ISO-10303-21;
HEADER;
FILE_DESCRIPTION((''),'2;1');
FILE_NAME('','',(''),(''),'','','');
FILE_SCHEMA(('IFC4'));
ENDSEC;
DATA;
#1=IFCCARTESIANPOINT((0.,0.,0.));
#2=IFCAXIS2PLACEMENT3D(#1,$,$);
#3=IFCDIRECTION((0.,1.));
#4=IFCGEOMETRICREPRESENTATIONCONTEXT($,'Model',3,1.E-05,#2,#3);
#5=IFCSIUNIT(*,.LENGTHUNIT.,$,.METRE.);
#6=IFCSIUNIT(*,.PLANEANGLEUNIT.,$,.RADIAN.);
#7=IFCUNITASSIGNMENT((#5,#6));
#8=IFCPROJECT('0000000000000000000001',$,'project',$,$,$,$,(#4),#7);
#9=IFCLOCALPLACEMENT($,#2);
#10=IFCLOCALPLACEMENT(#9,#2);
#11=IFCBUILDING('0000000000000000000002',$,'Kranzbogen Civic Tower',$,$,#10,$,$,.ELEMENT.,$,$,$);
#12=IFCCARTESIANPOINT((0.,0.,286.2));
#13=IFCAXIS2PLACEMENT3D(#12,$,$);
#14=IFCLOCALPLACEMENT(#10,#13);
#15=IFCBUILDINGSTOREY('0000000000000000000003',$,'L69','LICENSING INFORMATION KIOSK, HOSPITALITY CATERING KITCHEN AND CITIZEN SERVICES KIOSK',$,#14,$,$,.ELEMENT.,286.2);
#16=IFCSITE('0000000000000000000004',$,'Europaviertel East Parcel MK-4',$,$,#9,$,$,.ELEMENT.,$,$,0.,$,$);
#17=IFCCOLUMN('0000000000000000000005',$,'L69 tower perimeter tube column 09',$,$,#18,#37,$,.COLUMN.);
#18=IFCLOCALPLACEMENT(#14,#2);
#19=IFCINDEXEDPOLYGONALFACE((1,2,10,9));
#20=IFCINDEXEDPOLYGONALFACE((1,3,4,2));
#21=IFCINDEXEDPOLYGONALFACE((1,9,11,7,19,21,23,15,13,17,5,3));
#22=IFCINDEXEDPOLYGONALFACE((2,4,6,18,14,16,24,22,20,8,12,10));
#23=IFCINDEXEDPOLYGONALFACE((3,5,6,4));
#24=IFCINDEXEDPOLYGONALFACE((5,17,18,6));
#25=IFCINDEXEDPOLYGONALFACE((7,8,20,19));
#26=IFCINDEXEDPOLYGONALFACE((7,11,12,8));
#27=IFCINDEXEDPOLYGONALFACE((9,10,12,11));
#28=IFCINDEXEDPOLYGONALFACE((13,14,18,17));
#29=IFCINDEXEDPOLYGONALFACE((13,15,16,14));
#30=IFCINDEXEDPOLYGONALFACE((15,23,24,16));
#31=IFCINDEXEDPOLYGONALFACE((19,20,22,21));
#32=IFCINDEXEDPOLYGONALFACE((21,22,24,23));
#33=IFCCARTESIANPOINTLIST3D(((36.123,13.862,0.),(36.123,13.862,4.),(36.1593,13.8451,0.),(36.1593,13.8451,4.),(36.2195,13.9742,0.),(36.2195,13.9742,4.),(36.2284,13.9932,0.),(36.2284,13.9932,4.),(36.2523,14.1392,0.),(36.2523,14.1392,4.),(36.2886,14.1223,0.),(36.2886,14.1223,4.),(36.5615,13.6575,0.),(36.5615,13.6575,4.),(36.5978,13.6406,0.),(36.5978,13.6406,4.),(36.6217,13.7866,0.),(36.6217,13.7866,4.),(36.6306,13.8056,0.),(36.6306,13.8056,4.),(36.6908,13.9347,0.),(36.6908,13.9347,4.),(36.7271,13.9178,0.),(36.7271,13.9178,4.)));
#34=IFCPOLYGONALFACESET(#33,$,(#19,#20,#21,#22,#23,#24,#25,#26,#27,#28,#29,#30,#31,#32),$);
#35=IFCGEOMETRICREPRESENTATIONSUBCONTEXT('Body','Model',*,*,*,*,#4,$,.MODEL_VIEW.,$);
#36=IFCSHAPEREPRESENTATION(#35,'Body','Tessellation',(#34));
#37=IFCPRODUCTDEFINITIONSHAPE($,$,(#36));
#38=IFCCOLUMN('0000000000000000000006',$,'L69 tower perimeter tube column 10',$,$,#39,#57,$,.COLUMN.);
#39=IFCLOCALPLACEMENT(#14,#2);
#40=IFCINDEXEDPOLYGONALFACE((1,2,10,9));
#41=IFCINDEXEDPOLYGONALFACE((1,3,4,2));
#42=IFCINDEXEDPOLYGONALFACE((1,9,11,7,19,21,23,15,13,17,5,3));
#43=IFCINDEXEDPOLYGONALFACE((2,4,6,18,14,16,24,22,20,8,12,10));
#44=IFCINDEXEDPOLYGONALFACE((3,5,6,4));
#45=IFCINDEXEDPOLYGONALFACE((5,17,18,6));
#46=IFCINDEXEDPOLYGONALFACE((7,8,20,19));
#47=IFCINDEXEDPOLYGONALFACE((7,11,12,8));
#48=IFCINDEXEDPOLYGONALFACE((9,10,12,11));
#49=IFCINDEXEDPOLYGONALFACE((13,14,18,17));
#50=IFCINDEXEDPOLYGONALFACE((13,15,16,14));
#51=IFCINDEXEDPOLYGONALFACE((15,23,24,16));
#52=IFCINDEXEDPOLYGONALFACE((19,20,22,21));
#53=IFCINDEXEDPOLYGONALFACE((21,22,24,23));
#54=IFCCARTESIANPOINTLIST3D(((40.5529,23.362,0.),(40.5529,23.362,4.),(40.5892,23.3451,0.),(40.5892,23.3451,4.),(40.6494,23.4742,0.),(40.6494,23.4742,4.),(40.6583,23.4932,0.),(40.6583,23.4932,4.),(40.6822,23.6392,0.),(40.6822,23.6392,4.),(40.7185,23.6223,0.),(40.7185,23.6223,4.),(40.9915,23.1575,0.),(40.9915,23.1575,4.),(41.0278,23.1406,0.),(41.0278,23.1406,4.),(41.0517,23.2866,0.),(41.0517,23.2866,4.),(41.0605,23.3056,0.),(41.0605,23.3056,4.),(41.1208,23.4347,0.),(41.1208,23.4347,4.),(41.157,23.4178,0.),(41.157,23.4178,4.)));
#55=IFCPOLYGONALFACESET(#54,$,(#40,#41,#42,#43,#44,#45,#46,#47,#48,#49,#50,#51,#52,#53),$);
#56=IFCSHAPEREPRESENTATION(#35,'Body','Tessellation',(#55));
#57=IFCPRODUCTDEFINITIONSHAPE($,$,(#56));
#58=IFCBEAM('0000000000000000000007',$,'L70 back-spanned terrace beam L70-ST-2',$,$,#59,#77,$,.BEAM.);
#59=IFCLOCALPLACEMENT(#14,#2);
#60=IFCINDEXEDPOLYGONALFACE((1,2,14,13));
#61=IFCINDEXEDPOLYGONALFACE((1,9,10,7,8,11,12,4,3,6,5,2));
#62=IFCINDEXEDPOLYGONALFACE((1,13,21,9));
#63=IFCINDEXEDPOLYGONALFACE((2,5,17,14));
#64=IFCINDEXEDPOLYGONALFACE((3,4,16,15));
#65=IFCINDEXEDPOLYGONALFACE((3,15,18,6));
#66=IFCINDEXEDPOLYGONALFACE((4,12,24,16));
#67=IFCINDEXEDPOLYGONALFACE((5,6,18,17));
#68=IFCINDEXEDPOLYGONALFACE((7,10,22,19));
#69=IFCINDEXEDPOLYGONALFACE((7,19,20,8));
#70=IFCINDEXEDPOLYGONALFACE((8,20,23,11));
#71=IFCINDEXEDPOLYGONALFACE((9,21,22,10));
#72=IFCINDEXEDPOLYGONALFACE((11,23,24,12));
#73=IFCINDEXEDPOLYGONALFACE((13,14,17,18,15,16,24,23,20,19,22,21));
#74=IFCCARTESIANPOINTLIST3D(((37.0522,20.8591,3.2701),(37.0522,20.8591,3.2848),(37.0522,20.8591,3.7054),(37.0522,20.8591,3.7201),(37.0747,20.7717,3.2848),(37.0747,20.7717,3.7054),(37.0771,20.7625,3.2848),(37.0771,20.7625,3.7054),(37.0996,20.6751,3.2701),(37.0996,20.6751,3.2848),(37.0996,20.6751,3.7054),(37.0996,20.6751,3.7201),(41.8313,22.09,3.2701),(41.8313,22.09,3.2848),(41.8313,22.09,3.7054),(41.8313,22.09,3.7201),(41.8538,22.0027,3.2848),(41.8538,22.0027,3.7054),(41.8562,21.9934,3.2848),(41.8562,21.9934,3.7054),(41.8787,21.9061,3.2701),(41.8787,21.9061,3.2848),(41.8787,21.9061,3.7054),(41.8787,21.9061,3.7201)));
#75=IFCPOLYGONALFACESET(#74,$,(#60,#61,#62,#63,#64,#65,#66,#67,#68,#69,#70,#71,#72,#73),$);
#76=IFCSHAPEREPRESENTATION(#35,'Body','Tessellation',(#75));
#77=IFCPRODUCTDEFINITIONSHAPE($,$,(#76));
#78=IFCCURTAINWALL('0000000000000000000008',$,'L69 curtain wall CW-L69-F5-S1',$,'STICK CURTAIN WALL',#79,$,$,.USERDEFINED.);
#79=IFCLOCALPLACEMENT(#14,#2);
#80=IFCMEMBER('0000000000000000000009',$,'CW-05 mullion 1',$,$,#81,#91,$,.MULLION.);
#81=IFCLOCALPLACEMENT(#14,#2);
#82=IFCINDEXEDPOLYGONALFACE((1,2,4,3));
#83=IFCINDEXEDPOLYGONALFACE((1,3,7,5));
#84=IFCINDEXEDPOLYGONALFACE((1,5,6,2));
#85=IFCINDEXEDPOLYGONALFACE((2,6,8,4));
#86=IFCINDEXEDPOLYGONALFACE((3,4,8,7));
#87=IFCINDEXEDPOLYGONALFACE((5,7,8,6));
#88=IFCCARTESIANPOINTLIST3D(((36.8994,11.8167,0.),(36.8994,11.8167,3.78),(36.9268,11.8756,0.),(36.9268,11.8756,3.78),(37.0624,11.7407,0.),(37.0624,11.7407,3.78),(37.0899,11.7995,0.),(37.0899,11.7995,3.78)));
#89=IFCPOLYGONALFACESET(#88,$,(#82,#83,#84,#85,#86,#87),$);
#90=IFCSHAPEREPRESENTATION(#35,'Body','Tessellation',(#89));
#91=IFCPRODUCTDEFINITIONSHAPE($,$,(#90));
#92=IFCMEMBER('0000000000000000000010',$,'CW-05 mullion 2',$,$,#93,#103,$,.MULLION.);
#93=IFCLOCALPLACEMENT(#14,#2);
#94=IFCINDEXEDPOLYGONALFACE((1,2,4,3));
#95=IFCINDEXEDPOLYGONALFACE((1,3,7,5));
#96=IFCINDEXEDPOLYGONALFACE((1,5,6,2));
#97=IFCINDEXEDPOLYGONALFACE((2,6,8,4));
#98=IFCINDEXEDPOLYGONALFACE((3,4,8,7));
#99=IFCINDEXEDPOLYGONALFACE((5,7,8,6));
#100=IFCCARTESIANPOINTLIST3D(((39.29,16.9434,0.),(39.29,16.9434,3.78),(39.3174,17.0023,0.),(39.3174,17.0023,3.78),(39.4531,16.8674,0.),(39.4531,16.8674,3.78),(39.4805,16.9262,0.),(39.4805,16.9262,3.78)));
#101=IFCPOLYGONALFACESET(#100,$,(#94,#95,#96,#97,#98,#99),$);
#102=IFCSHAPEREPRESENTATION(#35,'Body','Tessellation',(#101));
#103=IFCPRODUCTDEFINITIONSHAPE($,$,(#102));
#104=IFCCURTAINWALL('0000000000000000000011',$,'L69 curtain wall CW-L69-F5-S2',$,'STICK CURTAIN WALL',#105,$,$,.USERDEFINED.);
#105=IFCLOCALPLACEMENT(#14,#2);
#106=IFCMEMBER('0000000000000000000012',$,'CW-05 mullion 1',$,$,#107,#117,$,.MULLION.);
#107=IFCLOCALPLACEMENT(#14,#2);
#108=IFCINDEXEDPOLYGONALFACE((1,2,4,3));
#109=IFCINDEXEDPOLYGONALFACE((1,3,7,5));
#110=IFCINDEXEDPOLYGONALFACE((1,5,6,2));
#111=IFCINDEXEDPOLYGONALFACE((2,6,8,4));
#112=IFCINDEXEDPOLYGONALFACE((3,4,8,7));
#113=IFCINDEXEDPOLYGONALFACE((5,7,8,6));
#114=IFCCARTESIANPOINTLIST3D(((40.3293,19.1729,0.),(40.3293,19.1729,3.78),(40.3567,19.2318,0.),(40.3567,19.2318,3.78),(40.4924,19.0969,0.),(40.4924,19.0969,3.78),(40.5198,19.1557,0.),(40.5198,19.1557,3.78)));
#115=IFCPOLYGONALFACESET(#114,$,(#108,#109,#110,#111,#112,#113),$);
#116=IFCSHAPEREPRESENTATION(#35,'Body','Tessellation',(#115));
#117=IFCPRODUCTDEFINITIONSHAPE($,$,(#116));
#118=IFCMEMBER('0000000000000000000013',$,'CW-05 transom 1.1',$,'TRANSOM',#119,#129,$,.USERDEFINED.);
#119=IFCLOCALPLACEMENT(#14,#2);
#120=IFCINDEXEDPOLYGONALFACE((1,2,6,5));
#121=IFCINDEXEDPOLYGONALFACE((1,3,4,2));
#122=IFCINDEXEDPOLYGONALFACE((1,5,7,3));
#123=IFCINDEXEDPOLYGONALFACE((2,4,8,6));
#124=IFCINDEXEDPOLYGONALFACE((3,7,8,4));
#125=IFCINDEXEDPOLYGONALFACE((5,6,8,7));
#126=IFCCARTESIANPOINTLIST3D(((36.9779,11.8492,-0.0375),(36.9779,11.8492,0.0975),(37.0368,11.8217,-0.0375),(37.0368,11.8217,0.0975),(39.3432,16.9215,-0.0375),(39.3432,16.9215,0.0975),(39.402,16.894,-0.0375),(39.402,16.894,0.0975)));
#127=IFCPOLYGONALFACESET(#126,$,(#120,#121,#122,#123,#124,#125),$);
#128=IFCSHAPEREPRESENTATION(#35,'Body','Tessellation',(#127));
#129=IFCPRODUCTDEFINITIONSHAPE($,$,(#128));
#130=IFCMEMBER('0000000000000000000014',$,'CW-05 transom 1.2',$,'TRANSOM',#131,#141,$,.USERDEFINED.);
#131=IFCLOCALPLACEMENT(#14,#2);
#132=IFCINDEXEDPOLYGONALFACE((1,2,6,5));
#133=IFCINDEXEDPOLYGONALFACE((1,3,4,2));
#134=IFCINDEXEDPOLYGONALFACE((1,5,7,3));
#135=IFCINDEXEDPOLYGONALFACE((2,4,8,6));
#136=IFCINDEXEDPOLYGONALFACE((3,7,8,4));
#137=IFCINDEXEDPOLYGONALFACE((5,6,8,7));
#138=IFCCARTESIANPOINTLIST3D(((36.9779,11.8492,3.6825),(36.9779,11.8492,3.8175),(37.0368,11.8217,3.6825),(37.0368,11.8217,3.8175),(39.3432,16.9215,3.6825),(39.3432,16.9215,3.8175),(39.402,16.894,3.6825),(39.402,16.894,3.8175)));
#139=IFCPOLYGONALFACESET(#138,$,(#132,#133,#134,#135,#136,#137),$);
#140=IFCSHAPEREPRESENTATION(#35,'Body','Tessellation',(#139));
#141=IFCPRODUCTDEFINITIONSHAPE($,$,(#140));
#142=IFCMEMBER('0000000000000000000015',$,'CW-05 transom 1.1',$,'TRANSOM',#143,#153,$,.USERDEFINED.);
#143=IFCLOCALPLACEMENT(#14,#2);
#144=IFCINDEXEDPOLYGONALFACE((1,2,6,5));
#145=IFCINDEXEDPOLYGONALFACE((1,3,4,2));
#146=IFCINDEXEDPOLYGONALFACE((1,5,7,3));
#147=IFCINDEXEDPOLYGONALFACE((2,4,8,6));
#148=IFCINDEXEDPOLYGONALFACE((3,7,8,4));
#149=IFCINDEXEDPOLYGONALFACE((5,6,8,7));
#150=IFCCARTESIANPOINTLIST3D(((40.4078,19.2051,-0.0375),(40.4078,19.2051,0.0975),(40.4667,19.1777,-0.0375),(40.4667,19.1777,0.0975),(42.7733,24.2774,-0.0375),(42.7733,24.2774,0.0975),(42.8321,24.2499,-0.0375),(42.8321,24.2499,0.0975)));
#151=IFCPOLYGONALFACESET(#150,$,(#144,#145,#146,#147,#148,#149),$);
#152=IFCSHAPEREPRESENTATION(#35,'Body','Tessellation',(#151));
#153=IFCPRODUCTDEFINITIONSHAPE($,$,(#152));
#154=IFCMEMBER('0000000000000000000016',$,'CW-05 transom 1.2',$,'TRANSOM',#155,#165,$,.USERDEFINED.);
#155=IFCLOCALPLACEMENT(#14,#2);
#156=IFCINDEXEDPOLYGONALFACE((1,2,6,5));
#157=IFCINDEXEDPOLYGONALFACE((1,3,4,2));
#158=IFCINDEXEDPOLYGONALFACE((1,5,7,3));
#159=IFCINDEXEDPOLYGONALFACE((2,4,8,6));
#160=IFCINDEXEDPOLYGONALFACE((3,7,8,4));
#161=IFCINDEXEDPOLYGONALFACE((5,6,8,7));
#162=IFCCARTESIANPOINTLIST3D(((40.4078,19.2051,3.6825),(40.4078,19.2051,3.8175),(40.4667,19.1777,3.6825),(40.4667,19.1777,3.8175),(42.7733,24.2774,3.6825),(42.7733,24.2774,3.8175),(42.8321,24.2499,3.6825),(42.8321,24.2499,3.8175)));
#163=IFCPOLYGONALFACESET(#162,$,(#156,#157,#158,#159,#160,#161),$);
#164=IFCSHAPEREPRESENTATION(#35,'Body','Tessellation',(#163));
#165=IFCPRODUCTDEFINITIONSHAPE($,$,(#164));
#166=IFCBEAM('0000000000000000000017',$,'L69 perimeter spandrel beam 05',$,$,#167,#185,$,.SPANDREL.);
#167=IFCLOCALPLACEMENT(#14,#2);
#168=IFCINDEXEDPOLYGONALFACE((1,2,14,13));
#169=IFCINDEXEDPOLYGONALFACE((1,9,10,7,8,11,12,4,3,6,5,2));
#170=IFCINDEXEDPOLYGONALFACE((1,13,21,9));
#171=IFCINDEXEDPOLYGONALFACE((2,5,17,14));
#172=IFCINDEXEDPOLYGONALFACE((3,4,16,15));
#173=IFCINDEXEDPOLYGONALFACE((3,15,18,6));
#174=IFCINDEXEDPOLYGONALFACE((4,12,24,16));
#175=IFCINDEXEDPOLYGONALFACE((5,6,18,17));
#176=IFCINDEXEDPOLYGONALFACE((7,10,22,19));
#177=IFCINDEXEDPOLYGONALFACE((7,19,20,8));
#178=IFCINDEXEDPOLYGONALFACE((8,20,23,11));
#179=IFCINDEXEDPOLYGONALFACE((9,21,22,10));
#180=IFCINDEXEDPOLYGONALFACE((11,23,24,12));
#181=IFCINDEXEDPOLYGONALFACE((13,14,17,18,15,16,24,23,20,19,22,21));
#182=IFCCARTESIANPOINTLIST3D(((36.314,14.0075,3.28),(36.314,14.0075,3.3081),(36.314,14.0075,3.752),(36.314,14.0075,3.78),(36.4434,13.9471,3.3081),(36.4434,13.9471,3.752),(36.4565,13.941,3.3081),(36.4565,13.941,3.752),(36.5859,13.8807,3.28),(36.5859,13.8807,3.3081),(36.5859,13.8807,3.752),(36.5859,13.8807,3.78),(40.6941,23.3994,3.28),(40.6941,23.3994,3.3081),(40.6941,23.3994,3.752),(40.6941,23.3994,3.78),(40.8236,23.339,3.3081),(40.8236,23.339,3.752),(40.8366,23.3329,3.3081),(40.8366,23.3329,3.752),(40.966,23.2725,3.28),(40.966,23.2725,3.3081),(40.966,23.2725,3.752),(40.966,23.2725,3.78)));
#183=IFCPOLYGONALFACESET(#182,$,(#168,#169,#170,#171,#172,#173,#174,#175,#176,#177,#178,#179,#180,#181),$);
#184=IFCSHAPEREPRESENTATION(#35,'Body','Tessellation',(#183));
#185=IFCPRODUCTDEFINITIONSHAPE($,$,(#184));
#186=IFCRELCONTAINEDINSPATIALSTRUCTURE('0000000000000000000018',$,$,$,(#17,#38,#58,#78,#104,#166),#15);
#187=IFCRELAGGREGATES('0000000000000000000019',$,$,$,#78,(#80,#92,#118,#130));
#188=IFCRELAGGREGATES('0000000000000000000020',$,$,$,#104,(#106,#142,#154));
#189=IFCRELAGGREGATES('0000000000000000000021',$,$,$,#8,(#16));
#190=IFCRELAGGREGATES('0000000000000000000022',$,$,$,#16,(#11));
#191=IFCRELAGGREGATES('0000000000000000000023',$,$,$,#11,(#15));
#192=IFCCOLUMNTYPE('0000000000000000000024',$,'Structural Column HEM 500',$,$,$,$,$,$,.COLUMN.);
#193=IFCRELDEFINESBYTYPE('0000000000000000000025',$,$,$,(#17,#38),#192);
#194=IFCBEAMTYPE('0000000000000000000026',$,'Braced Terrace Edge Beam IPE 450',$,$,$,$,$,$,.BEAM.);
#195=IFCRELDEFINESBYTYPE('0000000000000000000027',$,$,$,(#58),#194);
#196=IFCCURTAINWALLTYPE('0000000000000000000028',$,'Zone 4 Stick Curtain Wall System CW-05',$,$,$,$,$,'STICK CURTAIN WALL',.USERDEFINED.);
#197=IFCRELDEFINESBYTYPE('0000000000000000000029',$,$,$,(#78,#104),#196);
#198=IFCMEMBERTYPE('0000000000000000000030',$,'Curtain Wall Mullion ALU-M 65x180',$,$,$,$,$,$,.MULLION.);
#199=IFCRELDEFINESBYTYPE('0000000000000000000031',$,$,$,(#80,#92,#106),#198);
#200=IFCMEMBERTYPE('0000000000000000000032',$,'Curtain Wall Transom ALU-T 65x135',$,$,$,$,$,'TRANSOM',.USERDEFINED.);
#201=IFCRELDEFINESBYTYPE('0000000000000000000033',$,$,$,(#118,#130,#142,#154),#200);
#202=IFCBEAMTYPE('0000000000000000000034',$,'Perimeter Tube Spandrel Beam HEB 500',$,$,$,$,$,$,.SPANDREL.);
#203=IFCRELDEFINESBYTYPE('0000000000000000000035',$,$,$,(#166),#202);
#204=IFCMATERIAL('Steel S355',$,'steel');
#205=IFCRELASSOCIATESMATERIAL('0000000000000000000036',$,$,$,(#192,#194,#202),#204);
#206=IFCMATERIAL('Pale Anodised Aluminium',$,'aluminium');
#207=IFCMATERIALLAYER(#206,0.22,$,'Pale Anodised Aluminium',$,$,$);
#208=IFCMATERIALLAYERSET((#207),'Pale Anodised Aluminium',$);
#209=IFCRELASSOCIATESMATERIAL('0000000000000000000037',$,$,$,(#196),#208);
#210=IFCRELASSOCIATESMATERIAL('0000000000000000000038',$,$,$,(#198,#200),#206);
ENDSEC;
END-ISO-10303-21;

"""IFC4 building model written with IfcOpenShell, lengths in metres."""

from ifc_helpers import new_model, si_unit, direction, frame, origin, origin_2d, place, context, subcontext, project, spatial, rectangle, i_section, extrude, material, layer, layer_set, material_profile, profile_set, type_object, element, aggregate, save


model = new_model("IFC4")

# Units and contexts
model_context = context("Model", 3, precision=1e-05, world=origin(), true_north=direction((0.0, 1.0)))
body_context = subcontext(model_context, "Body", "Model", "MODEL_VIEW")
ifc_project = project(units=[si_unit("LENGTHUNIT", "METRE"), si_unit("PLANEANGLEUNIT", "RADIAN")], contexts=[model_context])

# Site, building, storey
site_placement = place(None, origin())
site = spatial("IfcSite", under=ifc_project, at=site_placement, Name="Europaviertel East Parcel MK-4", CompositionType="ELEMENT", RefElevation=0.0)
building_placement = place(site_placement, origin())
building = spatial("IfcBuilding", under=site, at=building_placement, Name="Kranzbogen Civic Tower", CompositionType="ELEMENT")
storey_placement = place(building_placement, frame((0.0, 0.0, 286.2)))
storey = spatial("IfcBuildingStorey", under=building, at=storey_placement, Name="L69", Description="LICENSING INFORMATION KIOSK, HOSPITALITY CATERING KITCHEN AND CITIZEN SERVICES KIOSK", CompositionType="ELEMENT", Elevation=286.2)

# Columns
ifc_material_1 = material(Name="Steel S355", Category="steel")
ifc_material_profile_1 = material_profile(ifc_material_1, i_section(OverallWidth=0.3059, OverallDepth=0.5239, WebThickness=0.021, FlangeThickness=0.04, at=origin_2d()), Name="HEM 500")
ifc_profile_set_1 = profile_set([ifc_material_profile_1], Name="Steel S355")
column_type = type_object("IfcColumnType", Name="Structural Column HEM 500", PredefinedType="COLUMN", material=ifc_profile_set_1)
for number, where, z_axis, x_axis, name in (
    (1, (36.425, 13.8899, 0.0), (0.0, 0.0, 1.0), (0.422618, 0.906308, 0.0), "L69 tower perimeter tube column 09"),
    (2, (40.855, 23.3899, 0.0), (0.0, 0.0, 1.0), (0.422618, 0.906308, 0.0), "L69 tower perimeter tube column 10"),
):
    element("IfcColumn", number, at=place(storey_placement, frame(where, z_axis=z_axis, x_axis=x_axis)), inside=storey, type_object=column_type, Name=name, PredefinedType="COLUMN", context=body_context, shape_type="SweptSolid", body=[
        extrude(i_section(OverallWidth=0.3059, OverallDepth=0.5239, WebThickness=0.021, FlangeThickness=0.04, at=origin_2d()), origin(), (0.0, 0.0, 1.0), 4.0),
    ])

# Beam
ifc_material_profile_2 = material_profile(ifc_material_1, i_section(OverallWidth=0.1899, OverallDepth=0.45, WebThickness=0.0095, FlangeThickness=0.0146, at=origin_2d()), Name="IPE 450")
ifc_profile_set_2 = profile_set([ifc_material_profile_2], Name="Steel S355")
beam_type_1 = type_object("IfcBeamType", Name="Braced Terrace Edge Beam IPE 450", PredefinedType="BEAM", material=ifc_profile_set_2)
beam_1_placement = place(storey_placement, frame((37.0759, 20.7671, 3.4951), z_axis=(0.968392, 0.249432, 0.0), x_axis=(-0.249432, 0.968392, 0.0)))
element("IfcBeam", 3, at=beam_1_placement, inside=storey, type_object=beam_type_1, Name="L70 back-spanned terrace beam L70-ST-2", PredefinedType="BEAM", context=body_context, shape_type="SweptSolid", body=[
    extrude(i_section(OverallWidth=0.1899, OverallDepth=0.45, WebThickness=0.0095, FlangeThickness=0.0146, at=origin_2d()), origin(), (0.0, 0.0, 1.0), 4.9351),
])

# Curtain wall, members
ifc_material_2 = material(Name="Pale Anodised Aluminium", Category="aluminium")
ifc_layer_1 = layer(ifc_material_2, 0.22, Name="Pale Anodised Aluminium")
ifc_layer_set_1 = layer_set([ifc_layer_1], Name="Pale Anodised Aluminium")
curtain_wall_type = type_object("IfcCurtainWallType", Name="Zone 4 Stick Curtain Wall System CW-05", ElementType="STICK CURTAIN WALL", PredefinedType="USERDEFINED", material=ifc_layer_set_1)
curtain_wall_1_placement = place(storey_placement, origin())
curtain_wall_1 = element("IfcCurtainWall", 4, at=curtain_wall_1_placement, inside=storey, type_object=curtain_wall_type, Name="L69 curtain wall CW-L69-F5-S1", ObjectType="STICK CURTAIN WALL", PredefinedType="USERDEFINED")
ifc_material_profile_3 = material_profile(ifc_material_2, rectangle(XDim=0.0649, YDim=0.1799, at=origin_2d()), Name="ALU-M 65x180")
ifc_profile_set_3 = profile_set([ifc_material_profile_3], Name="Pale Anodised Aluminium")
member_type_1 = type_object("IfcMemberType", Name="Curtain Wall Mullion ALU-M 65x180", PredefinedType="MULLION", material=ifc_profile_set_3)
member_1_placement = place(storey_placement, frame((36.9946, 11.8081, 0.0), z_axis=(0.0, 0.0, 1.0), x_axis=(0.422627, 0.906304, 0.0)))
member_1 = element("IfcMember", 5, at=member_1_placement, type_object=member_type_1, Name="CW-05 mullion 1", PredefinedType="MULLION", context=body_context, shape_type="SweptSolid", body=[
    extrude(rectangle(XDim=0.0649, YDim=0.1799, at=origin_2d()), origin(), (0.0, 0.0, 1.0), 3.78),
])
member_2_placement = place(storey_placement, frame((39.3853, 16.9348, 0.0), z_axis=(0.0, 0.0, 1.0), x_axis=(0.422627, 0.906304, 0.0)))
member_2 = element("IfcMember", 6, at=member_2_placement, type_object=member_type_1, Name="CW-05 mullion 2", PredefinedType="MULLION", context=body_context, shape_type="SweptSolid", body=[
    extrude(rectangle(XDim=0.0649, YDim=0.1799, at=origin_2d()), origin(), (0.0, 0.0, 1.0), 3.78),
])

# Curtain wall, member
curtain_wall_2_placement = place(storey_placement, origin())
curtain_wall_2 = element("IfcCurtainWall", 7, at=curtain_wall_2_placement, inside=storey, type_object=curtain_wall_type, Name="L69 curtain wall CW-L69-F5-S2", ObjectType="STICK CURTAIN WALL", PredefinedType="USERDEFINED")
member_3_placement = place(storey_placement, frame((40.4246, 19.1643, 0.0), z_axis=(0.0, 0.0, 1.0), x_axis=(0.422627, 0.906304, 0.0)))
member_3 = element("IfcMember", 8, at=member_3_placement, type_object=member_type_1, Name="CW-05 mullion 1", PredefinedType="MULLION", context=body_context, shape_type="SweptSolid", body=[
    extrude(rectangle(XDim=0.0649, YDim=0.1799, at=origin_2d()), origin(), (0.0, 0.0, 1.0), 3.78),
])

# Members
ifc_material_profile_4 = material_profile(ifc_material_2, rectangle(XDim=0.0649, YDim=0.135, at=origin_2d()), Name="ALU-T 65x135")
ifc_profile_set_4 = profile_set([ifc_material_profile_4], Name="Pale Anodised Aluminium")
member_type_2 = type_object("IfcMemberType", Name="Curtain Wall Transom ALU-T 65x135", ElementType="TRANSOM", PredefinedType="USERDEFINED", material=ifc_profile_set_4)
member_4_placement = place(storey_placement, frame((37.0073, 11.8354, 0.03), z_axis=(0.422618, 0.906308, 0.0), x_axis=(-0.906308, 0.422618, 0.0)))
member_4 = element("IfcMember", 9, at=member_4_placement, type_object=member_type_2, Name="CW-05 transom 1.1", ObjectType="TRANSOM", PredefinedType="USERDEFINED", context=body_context, shape_type="SweptSolid", body=[
    extrude(rectangle(XDim=0.0649, YDim=0.135, at=origin_2d()), origin(), (0.0, 0.0, 1.0), 5.5967),
])
member_5_placement = place(storey_placement, frame((37.0073, 11.8354, 3.75), z_axis=(0.422618, 0.906308, 0.0), x_axis=(-0.906308, 0.422618, 0.0)))
member_5 = element("IfcMember", 10, at=member_5_placement, type_object=member_type_2, Name="CW-05 transom 1.2", ObjectType="TRANSOM", PredefinedType="USERDEFINED", context=body_context, shape_type="SweptSolid", body=[
    extrude(rectangle(XDim=0.0649, YDim=0.135, at=origin_2d()), origin(), (0.0, 0.0, 1.0), 5.5967),
])
member_6_placement = place(storey_placement, frame((40.4373, 19.1914, 0.03), z_axis=(0.422654, 0.906291, 0.0), x_axis=(-0.906291, 0.422654, 0.0)))
member_6 = element("IfcMember", 11, at=member_6_placement, type_object=member_type_2, Name="CW-05 transom 1.1", ObjectType="TRANSOM", PredefinedType="USERDEFINED", context=body_context, shape_type="SweptSolid", body=[
    extrude(rectangle(XDim=0.0649, YDim=0.135, at=origin_2d()), origin(), (0.0, 0.0, 1.0), 5.5967),
])
member_7_placement = place(storey_placement, frame((40.4373, 19.1914, 3.75), z_axis=(0.422654, 0.906291, 0.0), x_axis=(-0.906291, 0.422654, 0.0)))
member_7 = element("IfcMember", 12, at=member_7_placement, type_object=member_type_2, Name="CW-05 transom 1.2", ObjectType="TRANSOM", PredefinedType="USERDEFINED", context=body_context, shape_type="SweptSolid", body=[
    extrude(rectangle(XDim=0.0649, YDim=0.135, at=origin_2d()), origin(), (0.0, 0.0, 1.0), 5.5967),
])

# Beam
ifc_material_profile_5 = material_profile(ifc_material_1, i_section(OverallWidth=0.3, OverallDepth=0.5, WebThickness=0.0144, FlangeThickness=0.0281, at=origin_2d()), Name="HEB 500")
ifc_profile_set_5 = profile_set([ifc_material_profile_5], Name="Steel S355")
beam_type_2 = type_object("IfcBeamType", Name="Perimeter Tube Spandrel Beam HEB 500", PredefinedType="SPANDREL", material=ifc_profile_set_5)
beam_2_placement = place(storey_placement, frame((36.45, 13.9441, 3.53), z_axis=(0.422669, 0.906284, 0.0), x_axis=(-0.906284, 0.422669, 0.0)))
element("IfcBeam", 13, at=beam_2_placement, inside=storey, type_object=beam_type_2, Name="L69 perimeter spandrel beam 05", PredefinedType="SPANDREL", context=body_context, shape_type="SweptSolid", body=[
    extrude(i_section(OverallWidth=0.3, OverallDepth=0.5, WebThickness=0.0144, FlangeThickness=0.0281, at=origin_2d()), origin(), (0.0, 0.0, 1.0), 10.363),
])

aggregate(curtain_wall_1, [member_1, member_2, member_4, member_5])
aggregate(curtain_wall_2, [member_3, member_6, member_7])

save(model, "model.ifc")
